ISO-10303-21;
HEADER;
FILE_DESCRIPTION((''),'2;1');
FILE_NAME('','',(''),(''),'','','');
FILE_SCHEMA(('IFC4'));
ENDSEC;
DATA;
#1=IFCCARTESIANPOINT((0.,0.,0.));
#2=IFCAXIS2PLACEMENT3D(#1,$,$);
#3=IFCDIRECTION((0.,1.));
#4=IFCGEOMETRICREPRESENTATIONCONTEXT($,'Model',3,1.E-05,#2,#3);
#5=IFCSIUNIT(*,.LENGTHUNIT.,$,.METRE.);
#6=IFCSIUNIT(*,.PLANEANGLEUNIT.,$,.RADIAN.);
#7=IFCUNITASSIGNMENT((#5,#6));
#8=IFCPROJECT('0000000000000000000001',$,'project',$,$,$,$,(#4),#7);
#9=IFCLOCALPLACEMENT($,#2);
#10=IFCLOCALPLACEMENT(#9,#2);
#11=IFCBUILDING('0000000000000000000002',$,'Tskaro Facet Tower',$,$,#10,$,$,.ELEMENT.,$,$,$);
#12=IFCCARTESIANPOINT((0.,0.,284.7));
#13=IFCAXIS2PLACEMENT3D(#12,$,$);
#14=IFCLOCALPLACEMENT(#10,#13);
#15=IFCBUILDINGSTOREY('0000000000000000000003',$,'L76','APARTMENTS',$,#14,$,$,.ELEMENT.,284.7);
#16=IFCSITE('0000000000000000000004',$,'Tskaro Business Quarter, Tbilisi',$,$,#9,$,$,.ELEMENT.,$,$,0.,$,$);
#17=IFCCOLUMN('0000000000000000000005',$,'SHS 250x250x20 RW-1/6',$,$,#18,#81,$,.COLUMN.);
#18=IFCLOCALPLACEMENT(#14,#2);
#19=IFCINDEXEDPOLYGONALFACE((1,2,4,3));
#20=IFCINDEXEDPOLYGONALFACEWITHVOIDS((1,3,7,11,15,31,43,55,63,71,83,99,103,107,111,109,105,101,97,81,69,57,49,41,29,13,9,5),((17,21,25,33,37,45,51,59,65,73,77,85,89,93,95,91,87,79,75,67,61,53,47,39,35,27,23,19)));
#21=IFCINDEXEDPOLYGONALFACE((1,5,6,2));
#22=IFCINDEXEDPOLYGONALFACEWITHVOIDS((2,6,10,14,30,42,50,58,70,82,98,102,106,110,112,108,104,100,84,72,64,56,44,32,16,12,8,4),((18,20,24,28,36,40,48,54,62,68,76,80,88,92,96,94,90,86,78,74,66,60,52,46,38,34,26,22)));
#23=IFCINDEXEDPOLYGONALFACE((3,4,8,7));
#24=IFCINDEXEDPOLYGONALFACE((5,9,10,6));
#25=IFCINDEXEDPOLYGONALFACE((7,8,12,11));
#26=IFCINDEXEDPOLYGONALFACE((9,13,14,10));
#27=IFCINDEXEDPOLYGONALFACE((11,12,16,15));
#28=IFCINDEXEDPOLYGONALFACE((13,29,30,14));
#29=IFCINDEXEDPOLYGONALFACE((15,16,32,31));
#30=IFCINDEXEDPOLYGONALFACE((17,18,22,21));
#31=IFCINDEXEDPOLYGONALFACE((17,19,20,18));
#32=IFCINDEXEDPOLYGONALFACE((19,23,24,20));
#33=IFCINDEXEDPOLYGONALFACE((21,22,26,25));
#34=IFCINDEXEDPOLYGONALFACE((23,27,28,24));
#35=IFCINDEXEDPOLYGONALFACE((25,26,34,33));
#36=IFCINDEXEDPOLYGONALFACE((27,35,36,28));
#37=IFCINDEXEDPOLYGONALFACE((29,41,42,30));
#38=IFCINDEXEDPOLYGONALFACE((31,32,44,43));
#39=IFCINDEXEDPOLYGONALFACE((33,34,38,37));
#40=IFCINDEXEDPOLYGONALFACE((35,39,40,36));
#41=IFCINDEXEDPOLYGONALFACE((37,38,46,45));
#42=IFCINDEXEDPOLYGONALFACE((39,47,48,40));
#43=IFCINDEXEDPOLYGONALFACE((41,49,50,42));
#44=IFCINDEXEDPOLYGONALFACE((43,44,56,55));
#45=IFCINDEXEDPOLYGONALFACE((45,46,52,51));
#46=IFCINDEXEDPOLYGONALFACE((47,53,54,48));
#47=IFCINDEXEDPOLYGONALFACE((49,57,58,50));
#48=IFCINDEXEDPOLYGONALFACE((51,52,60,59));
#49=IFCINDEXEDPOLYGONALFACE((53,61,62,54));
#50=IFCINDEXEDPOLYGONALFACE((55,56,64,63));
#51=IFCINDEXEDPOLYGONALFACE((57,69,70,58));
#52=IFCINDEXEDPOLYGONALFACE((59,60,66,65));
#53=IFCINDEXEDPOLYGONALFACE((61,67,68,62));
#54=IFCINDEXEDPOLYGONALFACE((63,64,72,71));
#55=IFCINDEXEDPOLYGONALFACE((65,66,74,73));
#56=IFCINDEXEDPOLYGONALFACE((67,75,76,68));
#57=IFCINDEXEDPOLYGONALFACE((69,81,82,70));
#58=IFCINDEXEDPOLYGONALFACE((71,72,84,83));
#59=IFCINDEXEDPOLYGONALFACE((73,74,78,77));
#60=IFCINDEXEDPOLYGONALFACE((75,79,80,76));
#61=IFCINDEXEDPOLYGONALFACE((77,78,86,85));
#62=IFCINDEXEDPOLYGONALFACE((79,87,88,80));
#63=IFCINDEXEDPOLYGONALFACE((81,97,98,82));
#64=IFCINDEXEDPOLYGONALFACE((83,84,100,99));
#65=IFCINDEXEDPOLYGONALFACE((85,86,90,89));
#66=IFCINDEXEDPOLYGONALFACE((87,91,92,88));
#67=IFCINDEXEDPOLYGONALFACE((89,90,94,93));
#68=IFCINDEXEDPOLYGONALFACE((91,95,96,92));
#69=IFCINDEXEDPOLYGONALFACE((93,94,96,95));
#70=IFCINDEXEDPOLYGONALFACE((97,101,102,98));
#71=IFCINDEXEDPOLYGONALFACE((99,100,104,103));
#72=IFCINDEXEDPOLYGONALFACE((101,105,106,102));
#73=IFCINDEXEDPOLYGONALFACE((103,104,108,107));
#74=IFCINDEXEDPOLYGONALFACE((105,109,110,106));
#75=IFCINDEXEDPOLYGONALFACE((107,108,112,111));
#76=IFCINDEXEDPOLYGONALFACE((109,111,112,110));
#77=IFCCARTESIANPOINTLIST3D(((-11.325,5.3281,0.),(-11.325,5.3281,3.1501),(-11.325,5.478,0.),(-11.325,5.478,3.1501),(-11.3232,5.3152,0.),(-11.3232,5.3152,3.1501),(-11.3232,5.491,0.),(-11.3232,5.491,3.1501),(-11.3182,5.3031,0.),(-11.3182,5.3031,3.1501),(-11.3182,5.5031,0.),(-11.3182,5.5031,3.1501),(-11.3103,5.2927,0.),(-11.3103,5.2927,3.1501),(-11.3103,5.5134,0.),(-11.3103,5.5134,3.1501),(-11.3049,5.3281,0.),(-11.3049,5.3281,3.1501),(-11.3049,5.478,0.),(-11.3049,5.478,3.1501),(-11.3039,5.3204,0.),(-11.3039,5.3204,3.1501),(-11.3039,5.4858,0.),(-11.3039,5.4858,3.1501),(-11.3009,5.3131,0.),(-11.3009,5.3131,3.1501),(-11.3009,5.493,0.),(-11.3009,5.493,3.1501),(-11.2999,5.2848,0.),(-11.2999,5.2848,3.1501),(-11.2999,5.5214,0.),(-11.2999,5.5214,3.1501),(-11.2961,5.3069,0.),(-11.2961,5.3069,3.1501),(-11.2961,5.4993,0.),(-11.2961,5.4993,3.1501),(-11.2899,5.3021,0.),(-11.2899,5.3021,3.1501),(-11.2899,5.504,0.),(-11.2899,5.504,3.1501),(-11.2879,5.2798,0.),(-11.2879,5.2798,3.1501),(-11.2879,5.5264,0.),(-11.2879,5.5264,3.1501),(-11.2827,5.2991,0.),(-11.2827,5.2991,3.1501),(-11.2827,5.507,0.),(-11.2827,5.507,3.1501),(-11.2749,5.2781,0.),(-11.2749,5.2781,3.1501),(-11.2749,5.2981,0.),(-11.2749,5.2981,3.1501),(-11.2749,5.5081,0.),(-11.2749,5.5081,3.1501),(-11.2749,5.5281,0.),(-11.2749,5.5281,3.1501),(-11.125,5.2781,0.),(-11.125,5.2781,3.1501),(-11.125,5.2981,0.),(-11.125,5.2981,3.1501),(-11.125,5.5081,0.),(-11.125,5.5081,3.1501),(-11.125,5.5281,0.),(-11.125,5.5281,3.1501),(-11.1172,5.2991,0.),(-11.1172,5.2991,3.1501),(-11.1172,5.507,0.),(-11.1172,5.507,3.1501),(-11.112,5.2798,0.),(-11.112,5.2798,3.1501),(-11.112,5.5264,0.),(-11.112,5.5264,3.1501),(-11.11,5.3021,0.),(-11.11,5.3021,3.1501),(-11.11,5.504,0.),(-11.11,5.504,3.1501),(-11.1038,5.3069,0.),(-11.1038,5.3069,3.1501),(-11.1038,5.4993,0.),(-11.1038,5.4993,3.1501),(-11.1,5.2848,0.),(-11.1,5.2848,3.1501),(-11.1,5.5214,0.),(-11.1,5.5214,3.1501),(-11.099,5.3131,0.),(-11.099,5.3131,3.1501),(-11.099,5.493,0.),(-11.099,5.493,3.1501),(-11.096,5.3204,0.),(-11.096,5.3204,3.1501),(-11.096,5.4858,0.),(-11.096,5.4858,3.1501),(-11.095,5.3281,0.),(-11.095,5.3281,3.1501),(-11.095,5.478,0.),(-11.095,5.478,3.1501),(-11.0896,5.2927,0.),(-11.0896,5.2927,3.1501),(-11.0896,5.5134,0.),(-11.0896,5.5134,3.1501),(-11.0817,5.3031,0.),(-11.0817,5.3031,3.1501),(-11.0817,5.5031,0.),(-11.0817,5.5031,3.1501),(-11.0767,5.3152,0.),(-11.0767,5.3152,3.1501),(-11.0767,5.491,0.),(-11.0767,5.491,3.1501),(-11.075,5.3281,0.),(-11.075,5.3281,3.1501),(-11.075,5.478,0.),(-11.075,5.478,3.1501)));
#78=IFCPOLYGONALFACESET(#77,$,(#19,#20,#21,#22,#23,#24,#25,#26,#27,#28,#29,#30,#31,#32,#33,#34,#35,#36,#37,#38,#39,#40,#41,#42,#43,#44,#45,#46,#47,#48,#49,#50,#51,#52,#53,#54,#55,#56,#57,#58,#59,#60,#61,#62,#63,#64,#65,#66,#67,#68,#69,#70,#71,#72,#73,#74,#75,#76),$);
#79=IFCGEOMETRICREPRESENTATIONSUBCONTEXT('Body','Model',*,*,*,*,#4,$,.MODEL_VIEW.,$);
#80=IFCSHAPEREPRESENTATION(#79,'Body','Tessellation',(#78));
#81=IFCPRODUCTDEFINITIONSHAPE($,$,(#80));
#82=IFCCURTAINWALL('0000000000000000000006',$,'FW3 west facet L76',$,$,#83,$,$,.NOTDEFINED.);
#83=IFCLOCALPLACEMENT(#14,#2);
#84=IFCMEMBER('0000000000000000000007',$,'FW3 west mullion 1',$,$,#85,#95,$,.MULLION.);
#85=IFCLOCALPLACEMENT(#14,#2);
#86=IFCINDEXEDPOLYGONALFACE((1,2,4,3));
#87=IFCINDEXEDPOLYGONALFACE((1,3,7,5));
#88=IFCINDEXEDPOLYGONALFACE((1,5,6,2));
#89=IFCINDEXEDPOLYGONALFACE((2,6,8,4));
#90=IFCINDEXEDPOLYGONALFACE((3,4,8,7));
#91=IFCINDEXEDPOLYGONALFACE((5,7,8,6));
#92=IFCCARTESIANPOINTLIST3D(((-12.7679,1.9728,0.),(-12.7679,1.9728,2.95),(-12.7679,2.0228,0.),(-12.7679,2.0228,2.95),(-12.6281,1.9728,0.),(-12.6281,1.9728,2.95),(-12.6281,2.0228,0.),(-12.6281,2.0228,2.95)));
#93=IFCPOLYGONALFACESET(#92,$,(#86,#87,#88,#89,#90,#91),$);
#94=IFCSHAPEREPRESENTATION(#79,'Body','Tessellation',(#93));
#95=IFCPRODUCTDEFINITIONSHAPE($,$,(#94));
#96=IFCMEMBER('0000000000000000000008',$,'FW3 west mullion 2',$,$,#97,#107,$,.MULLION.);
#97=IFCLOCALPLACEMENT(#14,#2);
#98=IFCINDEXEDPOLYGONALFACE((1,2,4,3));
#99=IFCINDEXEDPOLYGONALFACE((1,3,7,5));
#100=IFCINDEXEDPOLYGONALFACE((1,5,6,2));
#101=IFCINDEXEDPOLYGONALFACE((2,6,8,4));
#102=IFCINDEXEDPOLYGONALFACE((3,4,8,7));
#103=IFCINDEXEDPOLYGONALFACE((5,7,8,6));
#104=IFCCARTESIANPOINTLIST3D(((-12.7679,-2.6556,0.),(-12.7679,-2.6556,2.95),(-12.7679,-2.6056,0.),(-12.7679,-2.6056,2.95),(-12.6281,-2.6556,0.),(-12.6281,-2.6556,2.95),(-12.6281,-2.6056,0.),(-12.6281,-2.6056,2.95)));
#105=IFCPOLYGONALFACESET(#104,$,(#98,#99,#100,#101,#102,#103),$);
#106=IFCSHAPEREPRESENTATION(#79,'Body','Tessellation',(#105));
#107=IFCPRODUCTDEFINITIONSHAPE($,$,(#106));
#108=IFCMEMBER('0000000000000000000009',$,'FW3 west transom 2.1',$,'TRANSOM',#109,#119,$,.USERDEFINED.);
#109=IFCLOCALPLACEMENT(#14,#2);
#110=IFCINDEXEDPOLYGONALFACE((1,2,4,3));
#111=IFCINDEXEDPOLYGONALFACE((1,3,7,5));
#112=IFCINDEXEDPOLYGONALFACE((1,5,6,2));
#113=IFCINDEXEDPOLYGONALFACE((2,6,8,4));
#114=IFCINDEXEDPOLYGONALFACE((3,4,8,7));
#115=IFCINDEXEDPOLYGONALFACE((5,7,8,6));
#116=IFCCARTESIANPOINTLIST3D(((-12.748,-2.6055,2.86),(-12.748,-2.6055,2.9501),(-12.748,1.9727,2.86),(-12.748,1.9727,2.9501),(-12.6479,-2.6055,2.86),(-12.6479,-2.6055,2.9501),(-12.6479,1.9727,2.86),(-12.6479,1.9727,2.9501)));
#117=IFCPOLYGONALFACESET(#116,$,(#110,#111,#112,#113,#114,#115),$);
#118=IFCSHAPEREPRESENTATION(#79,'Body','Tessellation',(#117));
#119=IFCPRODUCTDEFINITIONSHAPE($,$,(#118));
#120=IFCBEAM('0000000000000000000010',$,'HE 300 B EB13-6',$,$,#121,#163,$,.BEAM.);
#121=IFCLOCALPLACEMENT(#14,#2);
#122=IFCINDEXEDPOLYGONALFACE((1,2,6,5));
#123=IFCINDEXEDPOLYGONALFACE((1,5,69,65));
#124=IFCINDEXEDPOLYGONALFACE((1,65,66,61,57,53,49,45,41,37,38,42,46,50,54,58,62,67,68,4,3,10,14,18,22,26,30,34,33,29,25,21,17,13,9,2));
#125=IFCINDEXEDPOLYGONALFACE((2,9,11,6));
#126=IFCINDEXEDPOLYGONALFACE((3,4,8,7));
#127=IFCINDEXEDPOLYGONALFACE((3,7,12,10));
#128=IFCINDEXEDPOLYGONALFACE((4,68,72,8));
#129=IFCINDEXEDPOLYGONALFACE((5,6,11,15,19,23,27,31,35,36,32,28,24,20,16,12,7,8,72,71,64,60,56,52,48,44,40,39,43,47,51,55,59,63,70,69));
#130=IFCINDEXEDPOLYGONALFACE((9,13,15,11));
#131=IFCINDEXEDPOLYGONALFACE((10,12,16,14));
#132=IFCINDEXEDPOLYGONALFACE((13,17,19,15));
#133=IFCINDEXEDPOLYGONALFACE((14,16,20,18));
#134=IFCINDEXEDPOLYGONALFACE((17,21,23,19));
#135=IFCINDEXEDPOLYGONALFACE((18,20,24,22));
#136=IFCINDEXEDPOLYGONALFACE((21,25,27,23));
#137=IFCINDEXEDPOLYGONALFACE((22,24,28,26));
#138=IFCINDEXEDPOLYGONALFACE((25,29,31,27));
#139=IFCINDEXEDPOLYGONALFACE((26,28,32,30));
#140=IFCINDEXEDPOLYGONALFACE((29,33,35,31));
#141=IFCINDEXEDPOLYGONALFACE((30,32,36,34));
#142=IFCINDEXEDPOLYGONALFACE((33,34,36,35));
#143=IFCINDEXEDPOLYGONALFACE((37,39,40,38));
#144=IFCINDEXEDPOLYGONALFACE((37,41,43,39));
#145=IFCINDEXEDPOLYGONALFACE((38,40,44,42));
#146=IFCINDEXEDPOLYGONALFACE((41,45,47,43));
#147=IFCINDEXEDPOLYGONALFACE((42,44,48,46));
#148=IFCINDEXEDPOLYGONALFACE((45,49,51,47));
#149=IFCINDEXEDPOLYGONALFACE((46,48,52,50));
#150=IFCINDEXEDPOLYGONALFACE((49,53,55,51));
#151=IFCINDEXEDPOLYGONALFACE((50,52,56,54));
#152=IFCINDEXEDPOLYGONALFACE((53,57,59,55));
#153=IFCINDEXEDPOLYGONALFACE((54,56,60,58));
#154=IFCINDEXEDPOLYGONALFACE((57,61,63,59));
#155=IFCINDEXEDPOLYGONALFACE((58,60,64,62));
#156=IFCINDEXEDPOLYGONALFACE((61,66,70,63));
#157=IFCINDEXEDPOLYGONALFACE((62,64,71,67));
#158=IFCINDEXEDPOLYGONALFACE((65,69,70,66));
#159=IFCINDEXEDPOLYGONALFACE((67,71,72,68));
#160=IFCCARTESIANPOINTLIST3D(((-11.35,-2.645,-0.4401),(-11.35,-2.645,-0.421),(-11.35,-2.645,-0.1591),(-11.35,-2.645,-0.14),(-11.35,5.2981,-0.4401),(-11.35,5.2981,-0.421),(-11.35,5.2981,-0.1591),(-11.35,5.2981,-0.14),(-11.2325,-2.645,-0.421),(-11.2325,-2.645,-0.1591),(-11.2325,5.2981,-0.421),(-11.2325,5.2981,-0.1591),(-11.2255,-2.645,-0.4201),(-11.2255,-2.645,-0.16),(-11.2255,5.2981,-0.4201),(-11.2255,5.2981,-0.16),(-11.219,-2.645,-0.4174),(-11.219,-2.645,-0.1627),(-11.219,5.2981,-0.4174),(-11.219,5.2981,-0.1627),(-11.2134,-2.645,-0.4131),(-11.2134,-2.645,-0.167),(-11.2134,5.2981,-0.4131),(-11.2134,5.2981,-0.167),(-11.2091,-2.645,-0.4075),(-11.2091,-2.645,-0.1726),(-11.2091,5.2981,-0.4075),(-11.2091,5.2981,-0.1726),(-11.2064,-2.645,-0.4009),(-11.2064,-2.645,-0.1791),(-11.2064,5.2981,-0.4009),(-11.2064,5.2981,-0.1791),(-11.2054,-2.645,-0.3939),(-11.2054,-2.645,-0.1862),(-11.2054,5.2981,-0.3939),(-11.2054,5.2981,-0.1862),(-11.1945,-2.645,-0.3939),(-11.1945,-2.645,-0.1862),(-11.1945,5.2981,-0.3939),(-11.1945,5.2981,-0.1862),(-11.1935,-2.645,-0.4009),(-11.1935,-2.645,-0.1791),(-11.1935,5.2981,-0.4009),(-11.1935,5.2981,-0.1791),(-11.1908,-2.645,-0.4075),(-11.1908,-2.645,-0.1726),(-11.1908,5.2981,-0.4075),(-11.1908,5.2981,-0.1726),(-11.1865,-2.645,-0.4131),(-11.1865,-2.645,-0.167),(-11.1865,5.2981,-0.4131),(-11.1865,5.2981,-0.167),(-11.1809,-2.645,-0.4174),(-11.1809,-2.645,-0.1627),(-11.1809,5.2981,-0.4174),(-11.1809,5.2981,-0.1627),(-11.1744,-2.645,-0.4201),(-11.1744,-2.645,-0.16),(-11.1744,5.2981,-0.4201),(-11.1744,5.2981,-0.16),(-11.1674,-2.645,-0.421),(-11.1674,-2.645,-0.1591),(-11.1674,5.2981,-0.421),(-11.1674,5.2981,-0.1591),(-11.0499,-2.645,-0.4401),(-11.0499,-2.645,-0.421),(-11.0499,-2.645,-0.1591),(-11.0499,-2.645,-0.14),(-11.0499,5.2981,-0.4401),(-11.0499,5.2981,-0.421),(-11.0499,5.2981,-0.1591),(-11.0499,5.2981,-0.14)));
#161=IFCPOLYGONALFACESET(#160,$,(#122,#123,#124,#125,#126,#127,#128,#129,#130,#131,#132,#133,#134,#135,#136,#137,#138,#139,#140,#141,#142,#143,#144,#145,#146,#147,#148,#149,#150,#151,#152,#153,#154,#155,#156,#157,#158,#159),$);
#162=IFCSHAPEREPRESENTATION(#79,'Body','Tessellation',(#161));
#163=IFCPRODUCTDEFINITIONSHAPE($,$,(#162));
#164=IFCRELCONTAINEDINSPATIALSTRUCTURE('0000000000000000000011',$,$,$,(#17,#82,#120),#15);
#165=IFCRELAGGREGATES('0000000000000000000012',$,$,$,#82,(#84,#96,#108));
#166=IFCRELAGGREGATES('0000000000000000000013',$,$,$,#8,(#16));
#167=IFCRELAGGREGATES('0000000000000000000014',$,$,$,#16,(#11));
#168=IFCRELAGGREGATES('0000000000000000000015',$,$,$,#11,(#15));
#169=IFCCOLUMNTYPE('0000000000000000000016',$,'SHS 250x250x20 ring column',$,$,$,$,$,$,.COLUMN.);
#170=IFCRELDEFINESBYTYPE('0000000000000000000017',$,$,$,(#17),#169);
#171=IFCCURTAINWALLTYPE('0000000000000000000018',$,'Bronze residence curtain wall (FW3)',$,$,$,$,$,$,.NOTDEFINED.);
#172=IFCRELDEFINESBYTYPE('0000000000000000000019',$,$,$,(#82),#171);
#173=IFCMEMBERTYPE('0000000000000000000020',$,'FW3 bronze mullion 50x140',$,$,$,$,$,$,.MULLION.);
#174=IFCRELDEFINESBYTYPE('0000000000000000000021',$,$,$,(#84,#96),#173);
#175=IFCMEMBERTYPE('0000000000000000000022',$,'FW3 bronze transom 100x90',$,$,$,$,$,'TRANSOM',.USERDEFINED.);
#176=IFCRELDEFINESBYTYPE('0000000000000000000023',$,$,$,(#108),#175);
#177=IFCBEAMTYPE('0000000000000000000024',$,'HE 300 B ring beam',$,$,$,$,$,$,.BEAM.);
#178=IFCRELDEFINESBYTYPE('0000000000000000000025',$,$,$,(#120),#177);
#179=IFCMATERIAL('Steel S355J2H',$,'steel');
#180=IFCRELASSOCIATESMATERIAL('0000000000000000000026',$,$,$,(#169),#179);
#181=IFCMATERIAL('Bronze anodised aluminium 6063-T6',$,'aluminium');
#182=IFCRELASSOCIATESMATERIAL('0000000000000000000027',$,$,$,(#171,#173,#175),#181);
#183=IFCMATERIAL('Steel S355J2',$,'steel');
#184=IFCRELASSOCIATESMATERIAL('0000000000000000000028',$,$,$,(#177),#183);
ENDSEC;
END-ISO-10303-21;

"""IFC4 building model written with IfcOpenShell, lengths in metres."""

from ifc_helpers import new_model, si_unit, direction, frame, origin, origin_2d, place, context, subcontext, project, spatial, rectangle, hollow_rectangle, i_section, extrude, material, material_profile, profile_set, type_object, element, aggregate, save


model = new_model("IFC4")

# Units and contexts
model_context = context("Model", 3, precision=1e-05, world=origin(), true_north=direction((0.0, 1.0)))
body_context = subcontext(model_context, "Body", "Model", "MODEL_VIEW")
ifc_project = project(units=[si_unit("LENGTHUNIT", "METRE"), si_unit("PLANEANGLEUNIT", "RADIAN")], contexts=[model_context])

# Site, building, storey
site_placement = place(None, origin())
site = spatial("IfcSite", under=ifc_project, at=site_placement, Name="Tskaro Business Quarter, Tbilisi", CompositionType="ELEMENT", RefElevation=0.0)
building_placement = place(site_placement, origin())
building = spatial("IfcBuilding", under=site, at=building_placement, Name="Tskaro Facet Tower", CompositionType="ELEMENT")
storey_placement = place(building_placement, frame((0.0, 0.0, 284.7)))
storey = spatial("IfcBuildingStorey", under=building, at=storey_placement, Name="L76", Description="APARTMENTS", CompositionType="ELEMENT", Elevation=284.7)

# Column
ifc_material_1 = material(Name="Steel S355J2H", Category="steel")
ifc_material_profile_1 = material_profile(ifc_material_1, hollow_rectangle(XDim=0.25, YDim=0.25, WallThickness=0.02, InnerFilletRadius=0.03, OuterFilletRadius=0.05, at=origin_2d()), Name="SHS 250x250x20")
ifc_profile_set_1 = profile_set([ifc_material_profile_1], Name="Steel S355J2H")
column_type = type_object("IfcColumnType", Name="SHS 250x250x20 ring column", PredefinedType="COLUMN", material=ifc_profile_set_1)
column_placement = place(storey_placement, frame((-11.2, 5.4031, 0.0), z_axis=(0.0, 0.0, 1.0), x_axis=(1.0, 0.0, 0.0)))
element("IfcColumn", 1, at=column_placement, inside=storey, type_object=column_type, Name="SHS 250x250x20 RW-1/6", PredefinedType="COLUMN", context=body_context, shape_type="SweptSolid", body=[
    extrude(hollow_rectangle(XDim=0.25, YDim=0.25, WallThickness=0.02, InnerFilletRadius=0.03, OuterFilletRadius=0.05, at=origin_2d()), origin(), (0.0, 0.0, 1.0), 3.1501),
])

# Curtain wall, members
ifc_material_2 = material(Name="Bronze anodised aluminium 6063-T6", Category="aluminium")
curtain_wall_type = type_object("IfcCurtainWallType", Name="Bronze residence curtain wall (FW3)", PredefinedType="NOTDEFINED", material=ifc_material_2)
curtain_wall_placement = place(storey_placement, origin())
curtain_wall = element("IfcCurtainWall", 2, at=curtain_wall_placement, inside=storey, type_object=curtain_wall_type, Name="FW3 west facet L76", PredefinedType="NOTDEFINED")
ifc_material_profile_2 = material_profile(ifc_material_2, rectangle(XDim=0.05, YDim=0.1399, at=origin_2d()), Name="Mullion 50x140")
ifc_profile_set_2 = profile_set([ifc_material_profile_2], Name="Bronze anodised aluminium 6063-T6")
member_type_1 = type_object("IfcMemberType", Name="FW3 bronze mullion 50x140", PredefinedType="MULLION", material=ifc_profile_set_2)
member_1_placement = place(storey_placement, frame((-12.698, 1.9978, 0.0), z_axis=(0.0, 0.0, 1.0), x_axis=(0.0, -1.0, 0.0)))
member_1 = element("IfcMember", 3, at=member_1_placement, type_object=member_type_1, Name="FW3 west mullion 1", PredefinedType="MULLION", context=body_context, shape_type="SweptSolid", body=[
    extrude(rectangle(XDim=0.05, YDim=0.1399, at=origin_2d()), origin(), (0.0, 0.0, 1.0), 2.95),
])
member_2_placement = place(storey_placement, frame((-12.698, -2.6306, 0.0), z_axis=(0.0, 0.0, 1.0), x_axis=(0.0, -1.0, 0.0)))
member_2 = element("IfcMember", 4, at=member_2_placement, type_object=member_type_1, Name="FW3 west mullion 2", PredefinedType="MULLION", context=body_context, shape_type="SweptSolid", body=[
    extrude(rectangle(XDim=0.05, YDim=0.1399, at=origin_2d()), origin(), (0.0, 0.0, 1.0), 2.95),
])
ifc_material_profile_3 = material_profile(ifc_material_2, rectangle(XDim=0.1001, YDim=0.0901, at=origin_2d()), Name="Transom 100x90")
ifc_profile_set_3 = profile_set([ifc_material_profile_3], Name="Bronze anodised aluminium 6063-T6")
member_type_2 = type_object("IfcMemberType", Name="FW3 bronze transom 100x90", ElementType="TRANSOM", PredefinedType="USERDEFINED", material=ifc_profile_set_3)
member_3_placement = place(storey_placement, frame((-12.698, 1.9727, 2.905), z_axis=(0.0, -1.0, 0.0), x_axis=(1.0, 0.0, 0.0)))
member_3 = element("IfcMember", 5, at=member_3_placement, type_object=member_type_2, Name="FW3 west transom 2.1", ObjectType="TRANSOM", PredefinedType="USERDEFINED", context=body_context, shape_type="SweptSolid", body=[
    extrude(rectangle(XDim=0.1001, YDim=0.0901, at=origin_2d()), origin(), (0.0, 0.0, 1.0), 4.5781),
])

# Beam
ifc_material_3 = material(Name="Steel S355J2", Category="steel")
ifc_material_profile_4 = material_profile(ifc_material_3, i_section(OverallWidth=0.3, OverallDepth=0.3, WebThickness=0.011, FlangeThickness=0.019, FilletRadius=0.0271, at=origin_2d()), Name="HE 300 B")
ifc_profile_set_4 = profile_set([ifc_material_profile_4], Name="Steel S355J2")
beam_type_1 = type_object("IfcBeamType", Name="HE 300 B ring beam", PredefinedType="BEAM", material=ifc_profile_set_4)
beam_1_placement = place(storey_placement, frame((-11.2, 5.2981, -0.29), z_axis=(0.0, -1.0, 0.0), x_axis=(1.0, 0.0, 0.0)))
element("IfcBeam", 6, at=beam_1_placement, inside=storey, type_object=beam_type_1, Name="HE 300 B EB13-6", PredefinedType="BEAM", context=body_context, shape_type="SweptSolid", body=[
    extrude(i_section(OverallWidth=0.3, OverallDepth=0.3, WebThickness=0.011, FlangeThickness=0.019, FilletRadius=0.0271, at=origin_2d()), origin(), (0.0, 0.0, 1.0), 7.9431),
])

aggregate(curtain_wall, [member_1, member_2, member_3])

save(model, "model.ifc")
